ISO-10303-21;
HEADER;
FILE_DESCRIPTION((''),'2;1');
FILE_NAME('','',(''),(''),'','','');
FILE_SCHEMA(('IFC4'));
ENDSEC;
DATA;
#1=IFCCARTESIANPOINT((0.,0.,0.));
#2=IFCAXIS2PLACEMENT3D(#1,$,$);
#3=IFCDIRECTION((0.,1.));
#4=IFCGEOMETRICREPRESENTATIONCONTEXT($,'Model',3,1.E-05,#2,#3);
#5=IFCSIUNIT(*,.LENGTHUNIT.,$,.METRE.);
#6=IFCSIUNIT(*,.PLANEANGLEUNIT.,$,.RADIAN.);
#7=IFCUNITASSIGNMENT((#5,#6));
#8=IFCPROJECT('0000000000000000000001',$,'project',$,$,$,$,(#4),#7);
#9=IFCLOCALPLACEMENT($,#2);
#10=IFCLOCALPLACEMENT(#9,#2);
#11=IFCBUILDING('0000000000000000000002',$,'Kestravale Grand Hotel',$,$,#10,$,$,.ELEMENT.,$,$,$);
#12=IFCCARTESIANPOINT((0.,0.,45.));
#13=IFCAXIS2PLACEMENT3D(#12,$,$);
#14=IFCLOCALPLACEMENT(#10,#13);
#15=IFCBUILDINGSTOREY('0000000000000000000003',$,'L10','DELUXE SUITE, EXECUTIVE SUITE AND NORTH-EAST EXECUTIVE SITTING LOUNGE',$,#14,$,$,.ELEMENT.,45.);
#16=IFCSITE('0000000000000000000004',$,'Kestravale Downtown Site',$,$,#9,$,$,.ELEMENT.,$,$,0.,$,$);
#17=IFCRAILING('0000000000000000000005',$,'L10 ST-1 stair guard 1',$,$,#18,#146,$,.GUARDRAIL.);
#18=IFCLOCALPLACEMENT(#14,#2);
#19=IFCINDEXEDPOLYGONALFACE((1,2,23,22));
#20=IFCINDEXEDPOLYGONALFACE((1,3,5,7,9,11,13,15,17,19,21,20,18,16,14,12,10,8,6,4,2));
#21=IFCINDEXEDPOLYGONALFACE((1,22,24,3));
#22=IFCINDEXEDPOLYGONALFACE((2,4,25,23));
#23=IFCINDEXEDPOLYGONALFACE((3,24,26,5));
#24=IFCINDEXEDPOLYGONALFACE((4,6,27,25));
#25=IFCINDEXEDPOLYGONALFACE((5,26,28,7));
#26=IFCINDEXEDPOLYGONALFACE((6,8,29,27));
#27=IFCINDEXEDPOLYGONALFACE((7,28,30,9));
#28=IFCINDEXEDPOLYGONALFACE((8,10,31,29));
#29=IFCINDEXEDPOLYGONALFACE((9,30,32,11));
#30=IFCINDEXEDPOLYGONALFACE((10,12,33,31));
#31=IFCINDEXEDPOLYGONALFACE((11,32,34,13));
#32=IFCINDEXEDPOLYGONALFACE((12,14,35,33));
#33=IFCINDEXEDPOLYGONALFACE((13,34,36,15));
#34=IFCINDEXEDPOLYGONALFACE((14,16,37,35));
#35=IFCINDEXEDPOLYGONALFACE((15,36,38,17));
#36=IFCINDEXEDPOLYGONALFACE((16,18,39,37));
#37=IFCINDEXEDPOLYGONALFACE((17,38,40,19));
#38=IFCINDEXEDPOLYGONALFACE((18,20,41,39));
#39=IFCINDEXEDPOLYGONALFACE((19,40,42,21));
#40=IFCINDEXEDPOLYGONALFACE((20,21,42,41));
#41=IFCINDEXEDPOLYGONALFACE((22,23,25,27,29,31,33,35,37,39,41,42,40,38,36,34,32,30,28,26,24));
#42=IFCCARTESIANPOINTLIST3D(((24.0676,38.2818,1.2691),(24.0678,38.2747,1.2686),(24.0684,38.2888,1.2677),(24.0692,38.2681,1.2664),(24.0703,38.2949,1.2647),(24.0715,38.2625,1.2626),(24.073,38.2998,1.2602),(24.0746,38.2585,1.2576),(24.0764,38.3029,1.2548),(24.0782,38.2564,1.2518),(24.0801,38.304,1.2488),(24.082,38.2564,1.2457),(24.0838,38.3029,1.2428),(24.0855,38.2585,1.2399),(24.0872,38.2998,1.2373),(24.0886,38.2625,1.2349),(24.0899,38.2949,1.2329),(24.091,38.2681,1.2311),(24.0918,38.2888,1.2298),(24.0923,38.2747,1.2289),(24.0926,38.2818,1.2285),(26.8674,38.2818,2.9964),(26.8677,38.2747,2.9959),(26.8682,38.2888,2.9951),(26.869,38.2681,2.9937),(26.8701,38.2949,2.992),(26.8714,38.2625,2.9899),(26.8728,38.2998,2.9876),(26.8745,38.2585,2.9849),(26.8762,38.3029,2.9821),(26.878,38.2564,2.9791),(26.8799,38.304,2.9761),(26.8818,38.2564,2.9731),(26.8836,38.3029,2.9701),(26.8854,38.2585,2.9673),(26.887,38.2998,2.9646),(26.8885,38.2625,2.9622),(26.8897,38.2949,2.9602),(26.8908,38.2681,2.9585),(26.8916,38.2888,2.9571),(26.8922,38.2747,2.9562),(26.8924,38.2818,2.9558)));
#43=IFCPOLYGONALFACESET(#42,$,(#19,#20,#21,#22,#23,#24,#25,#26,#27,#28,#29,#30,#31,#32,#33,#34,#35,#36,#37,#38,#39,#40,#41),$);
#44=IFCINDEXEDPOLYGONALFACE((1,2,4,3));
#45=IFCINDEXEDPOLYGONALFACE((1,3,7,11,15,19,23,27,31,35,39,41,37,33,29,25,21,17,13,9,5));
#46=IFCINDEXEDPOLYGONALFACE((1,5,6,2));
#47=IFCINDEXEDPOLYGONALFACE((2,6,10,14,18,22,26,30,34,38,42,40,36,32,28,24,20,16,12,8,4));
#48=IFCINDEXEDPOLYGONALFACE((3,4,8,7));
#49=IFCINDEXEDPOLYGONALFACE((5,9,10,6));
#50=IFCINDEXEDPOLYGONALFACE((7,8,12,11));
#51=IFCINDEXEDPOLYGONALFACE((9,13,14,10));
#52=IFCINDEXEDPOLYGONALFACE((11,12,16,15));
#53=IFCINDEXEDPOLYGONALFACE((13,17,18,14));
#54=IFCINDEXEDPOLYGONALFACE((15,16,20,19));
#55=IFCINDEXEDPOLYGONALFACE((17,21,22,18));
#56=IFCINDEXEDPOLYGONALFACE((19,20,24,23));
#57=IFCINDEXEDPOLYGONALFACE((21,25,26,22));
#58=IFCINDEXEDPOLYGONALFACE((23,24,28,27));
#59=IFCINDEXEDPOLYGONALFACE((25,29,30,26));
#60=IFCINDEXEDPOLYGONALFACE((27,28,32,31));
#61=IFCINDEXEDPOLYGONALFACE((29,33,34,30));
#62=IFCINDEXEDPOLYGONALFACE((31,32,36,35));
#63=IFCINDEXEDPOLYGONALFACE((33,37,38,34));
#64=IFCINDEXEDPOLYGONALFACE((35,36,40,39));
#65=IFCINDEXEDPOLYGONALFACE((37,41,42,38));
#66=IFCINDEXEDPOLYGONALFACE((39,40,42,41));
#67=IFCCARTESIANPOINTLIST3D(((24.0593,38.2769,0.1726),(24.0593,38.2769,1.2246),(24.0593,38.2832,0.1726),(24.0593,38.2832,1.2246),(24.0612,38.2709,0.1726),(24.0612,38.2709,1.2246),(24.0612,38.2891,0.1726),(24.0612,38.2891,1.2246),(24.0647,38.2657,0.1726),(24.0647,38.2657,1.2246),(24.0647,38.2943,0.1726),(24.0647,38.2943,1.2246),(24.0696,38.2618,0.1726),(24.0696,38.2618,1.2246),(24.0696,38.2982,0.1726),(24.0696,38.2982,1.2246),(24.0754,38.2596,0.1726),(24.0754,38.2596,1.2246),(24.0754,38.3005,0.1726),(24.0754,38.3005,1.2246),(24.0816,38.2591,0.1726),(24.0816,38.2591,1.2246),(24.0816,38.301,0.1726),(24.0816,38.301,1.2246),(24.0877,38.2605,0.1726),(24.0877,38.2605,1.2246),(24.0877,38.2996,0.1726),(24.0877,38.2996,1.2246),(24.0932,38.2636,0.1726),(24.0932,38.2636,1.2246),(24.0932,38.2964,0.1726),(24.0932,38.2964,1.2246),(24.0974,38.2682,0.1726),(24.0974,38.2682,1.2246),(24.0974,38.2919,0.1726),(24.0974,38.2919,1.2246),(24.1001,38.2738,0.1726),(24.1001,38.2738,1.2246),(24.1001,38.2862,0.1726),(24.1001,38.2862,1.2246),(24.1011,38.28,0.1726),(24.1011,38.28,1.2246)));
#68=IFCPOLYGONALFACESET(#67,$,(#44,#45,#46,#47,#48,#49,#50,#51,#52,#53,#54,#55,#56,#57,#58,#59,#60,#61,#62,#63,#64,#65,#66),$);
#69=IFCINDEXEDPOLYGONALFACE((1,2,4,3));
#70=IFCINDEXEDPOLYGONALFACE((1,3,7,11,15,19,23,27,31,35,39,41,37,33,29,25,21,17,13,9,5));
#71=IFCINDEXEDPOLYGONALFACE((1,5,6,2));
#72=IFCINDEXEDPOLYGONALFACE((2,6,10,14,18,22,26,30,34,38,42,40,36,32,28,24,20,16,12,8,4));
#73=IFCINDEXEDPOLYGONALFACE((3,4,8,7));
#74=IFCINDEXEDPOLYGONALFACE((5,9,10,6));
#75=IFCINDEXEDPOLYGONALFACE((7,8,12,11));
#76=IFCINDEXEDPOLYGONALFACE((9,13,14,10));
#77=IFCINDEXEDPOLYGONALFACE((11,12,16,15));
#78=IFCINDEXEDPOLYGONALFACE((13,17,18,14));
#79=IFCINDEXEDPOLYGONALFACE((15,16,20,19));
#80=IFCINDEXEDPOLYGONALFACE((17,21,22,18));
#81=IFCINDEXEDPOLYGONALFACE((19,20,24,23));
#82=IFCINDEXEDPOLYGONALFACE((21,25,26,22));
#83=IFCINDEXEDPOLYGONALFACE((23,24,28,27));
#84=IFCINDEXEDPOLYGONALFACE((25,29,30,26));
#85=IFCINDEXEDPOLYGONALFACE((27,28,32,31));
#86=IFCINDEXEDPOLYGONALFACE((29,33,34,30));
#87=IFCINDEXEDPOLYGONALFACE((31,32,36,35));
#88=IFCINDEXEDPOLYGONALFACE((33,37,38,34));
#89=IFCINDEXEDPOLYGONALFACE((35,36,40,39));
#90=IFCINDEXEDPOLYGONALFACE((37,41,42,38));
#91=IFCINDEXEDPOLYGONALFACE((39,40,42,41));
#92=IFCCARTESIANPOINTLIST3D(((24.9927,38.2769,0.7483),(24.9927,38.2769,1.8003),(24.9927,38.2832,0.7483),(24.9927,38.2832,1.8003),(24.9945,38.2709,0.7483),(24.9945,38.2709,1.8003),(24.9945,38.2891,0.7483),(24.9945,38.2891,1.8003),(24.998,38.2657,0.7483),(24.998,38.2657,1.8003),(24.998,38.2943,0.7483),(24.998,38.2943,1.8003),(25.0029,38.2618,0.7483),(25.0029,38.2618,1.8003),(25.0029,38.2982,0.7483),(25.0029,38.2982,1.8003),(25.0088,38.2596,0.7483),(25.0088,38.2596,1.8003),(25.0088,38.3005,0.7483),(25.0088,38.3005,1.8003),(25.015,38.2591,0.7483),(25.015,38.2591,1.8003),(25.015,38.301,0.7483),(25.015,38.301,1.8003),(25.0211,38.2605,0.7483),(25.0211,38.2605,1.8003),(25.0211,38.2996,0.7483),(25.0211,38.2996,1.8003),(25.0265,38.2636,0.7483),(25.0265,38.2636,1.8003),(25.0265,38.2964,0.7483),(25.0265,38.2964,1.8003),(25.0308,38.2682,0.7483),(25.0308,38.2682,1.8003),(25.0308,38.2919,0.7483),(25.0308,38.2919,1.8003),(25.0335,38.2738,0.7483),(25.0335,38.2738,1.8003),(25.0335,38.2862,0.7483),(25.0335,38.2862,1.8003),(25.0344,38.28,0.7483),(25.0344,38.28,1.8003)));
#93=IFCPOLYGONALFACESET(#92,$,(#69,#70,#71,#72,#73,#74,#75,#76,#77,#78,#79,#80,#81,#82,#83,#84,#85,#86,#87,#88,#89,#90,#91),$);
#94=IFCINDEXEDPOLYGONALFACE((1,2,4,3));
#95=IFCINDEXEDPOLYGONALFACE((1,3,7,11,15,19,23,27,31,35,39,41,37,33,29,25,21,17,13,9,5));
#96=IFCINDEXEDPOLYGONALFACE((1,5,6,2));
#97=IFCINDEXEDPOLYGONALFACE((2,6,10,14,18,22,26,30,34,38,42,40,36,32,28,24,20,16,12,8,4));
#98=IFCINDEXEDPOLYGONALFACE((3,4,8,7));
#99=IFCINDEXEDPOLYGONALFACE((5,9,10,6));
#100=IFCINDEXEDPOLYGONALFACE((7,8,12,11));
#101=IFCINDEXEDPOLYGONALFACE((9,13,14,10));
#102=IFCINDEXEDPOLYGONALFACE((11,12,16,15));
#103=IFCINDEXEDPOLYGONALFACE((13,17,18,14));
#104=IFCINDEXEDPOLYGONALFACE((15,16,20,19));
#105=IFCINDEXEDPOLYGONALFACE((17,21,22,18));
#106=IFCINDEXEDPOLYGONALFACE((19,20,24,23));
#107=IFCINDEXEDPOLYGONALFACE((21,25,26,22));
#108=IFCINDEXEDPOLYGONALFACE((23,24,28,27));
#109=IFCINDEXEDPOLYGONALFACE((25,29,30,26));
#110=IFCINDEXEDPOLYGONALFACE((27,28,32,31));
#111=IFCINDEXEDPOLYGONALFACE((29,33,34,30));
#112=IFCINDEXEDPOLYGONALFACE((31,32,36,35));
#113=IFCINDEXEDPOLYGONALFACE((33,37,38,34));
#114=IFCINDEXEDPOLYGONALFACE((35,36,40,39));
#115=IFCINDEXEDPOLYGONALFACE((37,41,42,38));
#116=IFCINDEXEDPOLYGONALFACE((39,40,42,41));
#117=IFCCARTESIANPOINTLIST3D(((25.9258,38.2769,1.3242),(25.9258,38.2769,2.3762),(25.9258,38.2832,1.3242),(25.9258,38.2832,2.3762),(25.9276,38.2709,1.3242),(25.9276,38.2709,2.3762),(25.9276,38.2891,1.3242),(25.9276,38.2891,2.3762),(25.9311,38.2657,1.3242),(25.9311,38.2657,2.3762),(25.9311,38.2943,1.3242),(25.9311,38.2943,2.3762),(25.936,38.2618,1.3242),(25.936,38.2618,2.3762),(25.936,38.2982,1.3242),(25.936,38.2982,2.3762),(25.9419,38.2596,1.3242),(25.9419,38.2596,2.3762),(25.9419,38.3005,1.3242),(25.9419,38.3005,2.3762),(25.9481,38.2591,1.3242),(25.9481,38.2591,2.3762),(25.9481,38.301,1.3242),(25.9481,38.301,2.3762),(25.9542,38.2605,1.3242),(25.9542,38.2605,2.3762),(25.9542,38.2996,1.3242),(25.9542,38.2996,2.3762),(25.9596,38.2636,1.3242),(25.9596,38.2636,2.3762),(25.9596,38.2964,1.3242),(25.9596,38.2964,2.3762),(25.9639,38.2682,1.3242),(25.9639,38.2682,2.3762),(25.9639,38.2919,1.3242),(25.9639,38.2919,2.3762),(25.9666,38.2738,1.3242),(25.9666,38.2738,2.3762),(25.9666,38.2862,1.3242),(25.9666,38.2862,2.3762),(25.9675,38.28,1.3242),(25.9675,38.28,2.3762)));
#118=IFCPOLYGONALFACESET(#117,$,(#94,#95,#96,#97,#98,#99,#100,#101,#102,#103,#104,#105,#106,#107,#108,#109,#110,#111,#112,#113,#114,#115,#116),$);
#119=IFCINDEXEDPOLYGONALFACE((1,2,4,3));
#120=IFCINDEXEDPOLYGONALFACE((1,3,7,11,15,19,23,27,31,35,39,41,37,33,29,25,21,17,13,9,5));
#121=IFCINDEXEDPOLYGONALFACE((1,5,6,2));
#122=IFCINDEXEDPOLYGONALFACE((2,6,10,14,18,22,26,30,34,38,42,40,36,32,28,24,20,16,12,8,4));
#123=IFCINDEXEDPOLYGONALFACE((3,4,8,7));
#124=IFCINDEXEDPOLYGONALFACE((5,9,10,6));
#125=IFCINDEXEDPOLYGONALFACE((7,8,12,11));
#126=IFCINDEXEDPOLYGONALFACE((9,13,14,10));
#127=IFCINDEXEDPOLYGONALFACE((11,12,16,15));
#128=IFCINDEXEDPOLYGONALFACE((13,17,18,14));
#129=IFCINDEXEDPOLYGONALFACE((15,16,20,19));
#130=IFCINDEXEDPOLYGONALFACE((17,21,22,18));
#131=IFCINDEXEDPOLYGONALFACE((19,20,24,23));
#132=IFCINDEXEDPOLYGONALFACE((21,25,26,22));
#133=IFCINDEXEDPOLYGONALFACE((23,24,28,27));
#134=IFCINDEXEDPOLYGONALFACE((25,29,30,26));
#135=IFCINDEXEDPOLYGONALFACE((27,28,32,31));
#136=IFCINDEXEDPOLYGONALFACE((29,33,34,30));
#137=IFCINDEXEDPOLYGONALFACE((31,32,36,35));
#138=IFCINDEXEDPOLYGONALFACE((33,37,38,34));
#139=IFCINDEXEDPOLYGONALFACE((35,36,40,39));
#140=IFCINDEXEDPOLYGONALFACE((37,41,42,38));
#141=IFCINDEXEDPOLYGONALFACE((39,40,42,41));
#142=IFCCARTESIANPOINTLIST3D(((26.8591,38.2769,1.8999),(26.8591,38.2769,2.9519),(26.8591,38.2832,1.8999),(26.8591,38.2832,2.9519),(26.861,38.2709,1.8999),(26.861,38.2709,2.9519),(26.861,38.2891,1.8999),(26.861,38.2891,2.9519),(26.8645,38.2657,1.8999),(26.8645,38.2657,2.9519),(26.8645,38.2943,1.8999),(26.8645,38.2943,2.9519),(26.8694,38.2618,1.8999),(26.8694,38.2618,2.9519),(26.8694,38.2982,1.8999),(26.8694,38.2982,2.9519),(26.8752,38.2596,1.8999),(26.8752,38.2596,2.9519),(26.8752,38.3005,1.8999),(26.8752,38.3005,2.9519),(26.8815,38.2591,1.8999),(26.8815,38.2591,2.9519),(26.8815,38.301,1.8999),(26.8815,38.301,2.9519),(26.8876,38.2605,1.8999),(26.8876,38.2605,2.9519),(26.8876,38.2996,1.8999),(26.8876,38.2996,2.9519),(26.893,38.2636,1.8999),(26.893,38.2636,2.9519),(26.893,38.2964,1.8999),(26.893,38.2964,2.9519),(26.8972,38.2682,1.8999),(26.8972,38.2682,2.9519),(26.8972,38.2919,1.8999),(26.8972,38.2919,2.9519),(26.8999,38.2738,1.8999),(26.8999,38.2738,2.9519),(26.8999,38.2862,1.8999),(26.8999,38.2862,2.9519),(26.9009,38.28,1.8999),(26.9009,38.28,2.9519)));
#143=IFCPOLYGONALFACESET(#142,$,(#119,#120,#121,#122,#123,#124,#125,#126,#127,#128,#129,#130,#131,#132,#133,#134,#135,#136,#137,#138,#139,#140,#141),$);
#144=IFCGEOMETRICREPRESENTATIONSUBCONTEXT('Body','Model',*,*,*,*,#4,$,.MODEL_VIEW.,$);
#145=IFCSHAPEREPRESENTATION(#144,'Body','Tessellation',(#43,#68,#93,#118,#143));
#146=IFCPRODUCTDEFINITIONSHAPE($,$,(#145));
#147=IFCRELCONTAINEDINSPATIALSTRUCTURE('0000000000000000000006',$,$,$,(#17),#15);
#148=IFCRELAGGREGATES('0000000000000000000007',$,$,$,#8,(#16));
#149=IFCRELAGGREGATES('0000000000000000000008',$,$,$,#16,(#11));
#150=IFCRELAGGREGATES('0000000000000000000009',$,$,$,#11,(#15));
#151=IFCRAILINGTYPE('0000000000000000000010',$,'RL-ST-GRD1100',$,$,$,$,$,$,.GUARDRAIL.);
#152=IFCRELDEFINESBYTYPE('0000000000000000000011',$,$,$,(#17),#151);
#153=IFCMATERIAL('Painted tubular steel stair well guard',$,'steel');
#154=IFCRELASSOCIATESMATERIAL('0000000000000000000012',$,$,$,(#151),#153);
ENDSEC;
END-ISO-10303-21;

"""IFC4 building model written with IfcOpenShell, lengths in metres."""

from ifc_helpers import new_model, si_unit, direction, frame, origin, origin_2d, place, context, subcontext, project, spatial, circle, extrude, material, type_object, element, save


model = new_model("IFC4")

# Units and contexts
model_context = context("Model", 3, precision=1e-05, world=origin(), true_north=direction((0.0, 1.0)))
body_context = subcontext(model_context, "Body", "Model", "MODEL_VIEW")
ifc_project = project(units=[si_unit("LENGTHUNIT", "METRE"), si_unit("PLANEANGLEUNIT", "RADIAN")], contexts=[model_context])

# Site, building, storey
site_placement = place(None, origin())
site = spatial("IfcSite", under=ifc_project, at=site_placement, Name="Kestravale Downtown Site", CompositionType="ELEMENT", RefElevation=0.0)
building_placement = place(site_placement, origin())
building = spatial("IfcBuilding", under=site, at=building_placement, Name="Kestravale Grand Hotel", CompositionType="ELEMENT")
storey_placement = place(building_placement, frame((0.0, 0.0, 45.0)))
storey = spatial("IfcBuildingStorey", under=building, at=storey_placement, Name="L10", Description="DELUXE SUITE, EXECUTIVE SUITE AND NORTH-EAST EXECUTIVE SITTING LOUNGE", CompositionType="ELEMENT", Elevation=45.0)

# Railing
ifc_material_1 = material(Name="Painted tubular steel stair well guard", Category="steel")
railing_type_1 = type_object("IfcRailingType", Name="RL-ST-GRD1100", PredefinedType="GUARDRAIL", material=ifc_material_1)
railing_1_placement = place(storey_placement, frame((24.0801, 38.28, 0.1726)))
element("IfcRailing", 1, at=railing_1_placement, inside=storey, type_object=railing_type_1, Name="L10 ST-1 stair guard 1", PredefinedType="GUARDRAIL", context=body_context, shape_type="SweptSolid", body=[
    extrude(circle(Radius=0.0239, at=origin_2d()), frame((0.0, 0.0, 1.0762), z_axis=(0.851069, 0.0, 0.525054), x_axis=(0.0, 1.0, 0.0)), (0.0, 0.0, 1.0), 3.2898),
    extrude(circle(Radius=0.021, at=origin_2d()), origin(), (0.0, 0.0, 1.0), 1.052),
    extrude(circle(Radius=0.021, at=origin_2d()), frame((0.9333, 0.0, 0.5757)), (0.0, 0.0, 1.0), 1.052),
    extrude(circle(Radius=0.021, at=origin_2d()), frame((1.8665, 0.0, 1.1516)), (0.0, 0.0, 1.0), 1.052),
    extrude(circle(Radius=0.021, at=origin_2d()), frame((2.7998, 0.0, 1.7273)), (0.0, 0.0, 1.0), 1.052),
])

save(model, "model.ifc")
